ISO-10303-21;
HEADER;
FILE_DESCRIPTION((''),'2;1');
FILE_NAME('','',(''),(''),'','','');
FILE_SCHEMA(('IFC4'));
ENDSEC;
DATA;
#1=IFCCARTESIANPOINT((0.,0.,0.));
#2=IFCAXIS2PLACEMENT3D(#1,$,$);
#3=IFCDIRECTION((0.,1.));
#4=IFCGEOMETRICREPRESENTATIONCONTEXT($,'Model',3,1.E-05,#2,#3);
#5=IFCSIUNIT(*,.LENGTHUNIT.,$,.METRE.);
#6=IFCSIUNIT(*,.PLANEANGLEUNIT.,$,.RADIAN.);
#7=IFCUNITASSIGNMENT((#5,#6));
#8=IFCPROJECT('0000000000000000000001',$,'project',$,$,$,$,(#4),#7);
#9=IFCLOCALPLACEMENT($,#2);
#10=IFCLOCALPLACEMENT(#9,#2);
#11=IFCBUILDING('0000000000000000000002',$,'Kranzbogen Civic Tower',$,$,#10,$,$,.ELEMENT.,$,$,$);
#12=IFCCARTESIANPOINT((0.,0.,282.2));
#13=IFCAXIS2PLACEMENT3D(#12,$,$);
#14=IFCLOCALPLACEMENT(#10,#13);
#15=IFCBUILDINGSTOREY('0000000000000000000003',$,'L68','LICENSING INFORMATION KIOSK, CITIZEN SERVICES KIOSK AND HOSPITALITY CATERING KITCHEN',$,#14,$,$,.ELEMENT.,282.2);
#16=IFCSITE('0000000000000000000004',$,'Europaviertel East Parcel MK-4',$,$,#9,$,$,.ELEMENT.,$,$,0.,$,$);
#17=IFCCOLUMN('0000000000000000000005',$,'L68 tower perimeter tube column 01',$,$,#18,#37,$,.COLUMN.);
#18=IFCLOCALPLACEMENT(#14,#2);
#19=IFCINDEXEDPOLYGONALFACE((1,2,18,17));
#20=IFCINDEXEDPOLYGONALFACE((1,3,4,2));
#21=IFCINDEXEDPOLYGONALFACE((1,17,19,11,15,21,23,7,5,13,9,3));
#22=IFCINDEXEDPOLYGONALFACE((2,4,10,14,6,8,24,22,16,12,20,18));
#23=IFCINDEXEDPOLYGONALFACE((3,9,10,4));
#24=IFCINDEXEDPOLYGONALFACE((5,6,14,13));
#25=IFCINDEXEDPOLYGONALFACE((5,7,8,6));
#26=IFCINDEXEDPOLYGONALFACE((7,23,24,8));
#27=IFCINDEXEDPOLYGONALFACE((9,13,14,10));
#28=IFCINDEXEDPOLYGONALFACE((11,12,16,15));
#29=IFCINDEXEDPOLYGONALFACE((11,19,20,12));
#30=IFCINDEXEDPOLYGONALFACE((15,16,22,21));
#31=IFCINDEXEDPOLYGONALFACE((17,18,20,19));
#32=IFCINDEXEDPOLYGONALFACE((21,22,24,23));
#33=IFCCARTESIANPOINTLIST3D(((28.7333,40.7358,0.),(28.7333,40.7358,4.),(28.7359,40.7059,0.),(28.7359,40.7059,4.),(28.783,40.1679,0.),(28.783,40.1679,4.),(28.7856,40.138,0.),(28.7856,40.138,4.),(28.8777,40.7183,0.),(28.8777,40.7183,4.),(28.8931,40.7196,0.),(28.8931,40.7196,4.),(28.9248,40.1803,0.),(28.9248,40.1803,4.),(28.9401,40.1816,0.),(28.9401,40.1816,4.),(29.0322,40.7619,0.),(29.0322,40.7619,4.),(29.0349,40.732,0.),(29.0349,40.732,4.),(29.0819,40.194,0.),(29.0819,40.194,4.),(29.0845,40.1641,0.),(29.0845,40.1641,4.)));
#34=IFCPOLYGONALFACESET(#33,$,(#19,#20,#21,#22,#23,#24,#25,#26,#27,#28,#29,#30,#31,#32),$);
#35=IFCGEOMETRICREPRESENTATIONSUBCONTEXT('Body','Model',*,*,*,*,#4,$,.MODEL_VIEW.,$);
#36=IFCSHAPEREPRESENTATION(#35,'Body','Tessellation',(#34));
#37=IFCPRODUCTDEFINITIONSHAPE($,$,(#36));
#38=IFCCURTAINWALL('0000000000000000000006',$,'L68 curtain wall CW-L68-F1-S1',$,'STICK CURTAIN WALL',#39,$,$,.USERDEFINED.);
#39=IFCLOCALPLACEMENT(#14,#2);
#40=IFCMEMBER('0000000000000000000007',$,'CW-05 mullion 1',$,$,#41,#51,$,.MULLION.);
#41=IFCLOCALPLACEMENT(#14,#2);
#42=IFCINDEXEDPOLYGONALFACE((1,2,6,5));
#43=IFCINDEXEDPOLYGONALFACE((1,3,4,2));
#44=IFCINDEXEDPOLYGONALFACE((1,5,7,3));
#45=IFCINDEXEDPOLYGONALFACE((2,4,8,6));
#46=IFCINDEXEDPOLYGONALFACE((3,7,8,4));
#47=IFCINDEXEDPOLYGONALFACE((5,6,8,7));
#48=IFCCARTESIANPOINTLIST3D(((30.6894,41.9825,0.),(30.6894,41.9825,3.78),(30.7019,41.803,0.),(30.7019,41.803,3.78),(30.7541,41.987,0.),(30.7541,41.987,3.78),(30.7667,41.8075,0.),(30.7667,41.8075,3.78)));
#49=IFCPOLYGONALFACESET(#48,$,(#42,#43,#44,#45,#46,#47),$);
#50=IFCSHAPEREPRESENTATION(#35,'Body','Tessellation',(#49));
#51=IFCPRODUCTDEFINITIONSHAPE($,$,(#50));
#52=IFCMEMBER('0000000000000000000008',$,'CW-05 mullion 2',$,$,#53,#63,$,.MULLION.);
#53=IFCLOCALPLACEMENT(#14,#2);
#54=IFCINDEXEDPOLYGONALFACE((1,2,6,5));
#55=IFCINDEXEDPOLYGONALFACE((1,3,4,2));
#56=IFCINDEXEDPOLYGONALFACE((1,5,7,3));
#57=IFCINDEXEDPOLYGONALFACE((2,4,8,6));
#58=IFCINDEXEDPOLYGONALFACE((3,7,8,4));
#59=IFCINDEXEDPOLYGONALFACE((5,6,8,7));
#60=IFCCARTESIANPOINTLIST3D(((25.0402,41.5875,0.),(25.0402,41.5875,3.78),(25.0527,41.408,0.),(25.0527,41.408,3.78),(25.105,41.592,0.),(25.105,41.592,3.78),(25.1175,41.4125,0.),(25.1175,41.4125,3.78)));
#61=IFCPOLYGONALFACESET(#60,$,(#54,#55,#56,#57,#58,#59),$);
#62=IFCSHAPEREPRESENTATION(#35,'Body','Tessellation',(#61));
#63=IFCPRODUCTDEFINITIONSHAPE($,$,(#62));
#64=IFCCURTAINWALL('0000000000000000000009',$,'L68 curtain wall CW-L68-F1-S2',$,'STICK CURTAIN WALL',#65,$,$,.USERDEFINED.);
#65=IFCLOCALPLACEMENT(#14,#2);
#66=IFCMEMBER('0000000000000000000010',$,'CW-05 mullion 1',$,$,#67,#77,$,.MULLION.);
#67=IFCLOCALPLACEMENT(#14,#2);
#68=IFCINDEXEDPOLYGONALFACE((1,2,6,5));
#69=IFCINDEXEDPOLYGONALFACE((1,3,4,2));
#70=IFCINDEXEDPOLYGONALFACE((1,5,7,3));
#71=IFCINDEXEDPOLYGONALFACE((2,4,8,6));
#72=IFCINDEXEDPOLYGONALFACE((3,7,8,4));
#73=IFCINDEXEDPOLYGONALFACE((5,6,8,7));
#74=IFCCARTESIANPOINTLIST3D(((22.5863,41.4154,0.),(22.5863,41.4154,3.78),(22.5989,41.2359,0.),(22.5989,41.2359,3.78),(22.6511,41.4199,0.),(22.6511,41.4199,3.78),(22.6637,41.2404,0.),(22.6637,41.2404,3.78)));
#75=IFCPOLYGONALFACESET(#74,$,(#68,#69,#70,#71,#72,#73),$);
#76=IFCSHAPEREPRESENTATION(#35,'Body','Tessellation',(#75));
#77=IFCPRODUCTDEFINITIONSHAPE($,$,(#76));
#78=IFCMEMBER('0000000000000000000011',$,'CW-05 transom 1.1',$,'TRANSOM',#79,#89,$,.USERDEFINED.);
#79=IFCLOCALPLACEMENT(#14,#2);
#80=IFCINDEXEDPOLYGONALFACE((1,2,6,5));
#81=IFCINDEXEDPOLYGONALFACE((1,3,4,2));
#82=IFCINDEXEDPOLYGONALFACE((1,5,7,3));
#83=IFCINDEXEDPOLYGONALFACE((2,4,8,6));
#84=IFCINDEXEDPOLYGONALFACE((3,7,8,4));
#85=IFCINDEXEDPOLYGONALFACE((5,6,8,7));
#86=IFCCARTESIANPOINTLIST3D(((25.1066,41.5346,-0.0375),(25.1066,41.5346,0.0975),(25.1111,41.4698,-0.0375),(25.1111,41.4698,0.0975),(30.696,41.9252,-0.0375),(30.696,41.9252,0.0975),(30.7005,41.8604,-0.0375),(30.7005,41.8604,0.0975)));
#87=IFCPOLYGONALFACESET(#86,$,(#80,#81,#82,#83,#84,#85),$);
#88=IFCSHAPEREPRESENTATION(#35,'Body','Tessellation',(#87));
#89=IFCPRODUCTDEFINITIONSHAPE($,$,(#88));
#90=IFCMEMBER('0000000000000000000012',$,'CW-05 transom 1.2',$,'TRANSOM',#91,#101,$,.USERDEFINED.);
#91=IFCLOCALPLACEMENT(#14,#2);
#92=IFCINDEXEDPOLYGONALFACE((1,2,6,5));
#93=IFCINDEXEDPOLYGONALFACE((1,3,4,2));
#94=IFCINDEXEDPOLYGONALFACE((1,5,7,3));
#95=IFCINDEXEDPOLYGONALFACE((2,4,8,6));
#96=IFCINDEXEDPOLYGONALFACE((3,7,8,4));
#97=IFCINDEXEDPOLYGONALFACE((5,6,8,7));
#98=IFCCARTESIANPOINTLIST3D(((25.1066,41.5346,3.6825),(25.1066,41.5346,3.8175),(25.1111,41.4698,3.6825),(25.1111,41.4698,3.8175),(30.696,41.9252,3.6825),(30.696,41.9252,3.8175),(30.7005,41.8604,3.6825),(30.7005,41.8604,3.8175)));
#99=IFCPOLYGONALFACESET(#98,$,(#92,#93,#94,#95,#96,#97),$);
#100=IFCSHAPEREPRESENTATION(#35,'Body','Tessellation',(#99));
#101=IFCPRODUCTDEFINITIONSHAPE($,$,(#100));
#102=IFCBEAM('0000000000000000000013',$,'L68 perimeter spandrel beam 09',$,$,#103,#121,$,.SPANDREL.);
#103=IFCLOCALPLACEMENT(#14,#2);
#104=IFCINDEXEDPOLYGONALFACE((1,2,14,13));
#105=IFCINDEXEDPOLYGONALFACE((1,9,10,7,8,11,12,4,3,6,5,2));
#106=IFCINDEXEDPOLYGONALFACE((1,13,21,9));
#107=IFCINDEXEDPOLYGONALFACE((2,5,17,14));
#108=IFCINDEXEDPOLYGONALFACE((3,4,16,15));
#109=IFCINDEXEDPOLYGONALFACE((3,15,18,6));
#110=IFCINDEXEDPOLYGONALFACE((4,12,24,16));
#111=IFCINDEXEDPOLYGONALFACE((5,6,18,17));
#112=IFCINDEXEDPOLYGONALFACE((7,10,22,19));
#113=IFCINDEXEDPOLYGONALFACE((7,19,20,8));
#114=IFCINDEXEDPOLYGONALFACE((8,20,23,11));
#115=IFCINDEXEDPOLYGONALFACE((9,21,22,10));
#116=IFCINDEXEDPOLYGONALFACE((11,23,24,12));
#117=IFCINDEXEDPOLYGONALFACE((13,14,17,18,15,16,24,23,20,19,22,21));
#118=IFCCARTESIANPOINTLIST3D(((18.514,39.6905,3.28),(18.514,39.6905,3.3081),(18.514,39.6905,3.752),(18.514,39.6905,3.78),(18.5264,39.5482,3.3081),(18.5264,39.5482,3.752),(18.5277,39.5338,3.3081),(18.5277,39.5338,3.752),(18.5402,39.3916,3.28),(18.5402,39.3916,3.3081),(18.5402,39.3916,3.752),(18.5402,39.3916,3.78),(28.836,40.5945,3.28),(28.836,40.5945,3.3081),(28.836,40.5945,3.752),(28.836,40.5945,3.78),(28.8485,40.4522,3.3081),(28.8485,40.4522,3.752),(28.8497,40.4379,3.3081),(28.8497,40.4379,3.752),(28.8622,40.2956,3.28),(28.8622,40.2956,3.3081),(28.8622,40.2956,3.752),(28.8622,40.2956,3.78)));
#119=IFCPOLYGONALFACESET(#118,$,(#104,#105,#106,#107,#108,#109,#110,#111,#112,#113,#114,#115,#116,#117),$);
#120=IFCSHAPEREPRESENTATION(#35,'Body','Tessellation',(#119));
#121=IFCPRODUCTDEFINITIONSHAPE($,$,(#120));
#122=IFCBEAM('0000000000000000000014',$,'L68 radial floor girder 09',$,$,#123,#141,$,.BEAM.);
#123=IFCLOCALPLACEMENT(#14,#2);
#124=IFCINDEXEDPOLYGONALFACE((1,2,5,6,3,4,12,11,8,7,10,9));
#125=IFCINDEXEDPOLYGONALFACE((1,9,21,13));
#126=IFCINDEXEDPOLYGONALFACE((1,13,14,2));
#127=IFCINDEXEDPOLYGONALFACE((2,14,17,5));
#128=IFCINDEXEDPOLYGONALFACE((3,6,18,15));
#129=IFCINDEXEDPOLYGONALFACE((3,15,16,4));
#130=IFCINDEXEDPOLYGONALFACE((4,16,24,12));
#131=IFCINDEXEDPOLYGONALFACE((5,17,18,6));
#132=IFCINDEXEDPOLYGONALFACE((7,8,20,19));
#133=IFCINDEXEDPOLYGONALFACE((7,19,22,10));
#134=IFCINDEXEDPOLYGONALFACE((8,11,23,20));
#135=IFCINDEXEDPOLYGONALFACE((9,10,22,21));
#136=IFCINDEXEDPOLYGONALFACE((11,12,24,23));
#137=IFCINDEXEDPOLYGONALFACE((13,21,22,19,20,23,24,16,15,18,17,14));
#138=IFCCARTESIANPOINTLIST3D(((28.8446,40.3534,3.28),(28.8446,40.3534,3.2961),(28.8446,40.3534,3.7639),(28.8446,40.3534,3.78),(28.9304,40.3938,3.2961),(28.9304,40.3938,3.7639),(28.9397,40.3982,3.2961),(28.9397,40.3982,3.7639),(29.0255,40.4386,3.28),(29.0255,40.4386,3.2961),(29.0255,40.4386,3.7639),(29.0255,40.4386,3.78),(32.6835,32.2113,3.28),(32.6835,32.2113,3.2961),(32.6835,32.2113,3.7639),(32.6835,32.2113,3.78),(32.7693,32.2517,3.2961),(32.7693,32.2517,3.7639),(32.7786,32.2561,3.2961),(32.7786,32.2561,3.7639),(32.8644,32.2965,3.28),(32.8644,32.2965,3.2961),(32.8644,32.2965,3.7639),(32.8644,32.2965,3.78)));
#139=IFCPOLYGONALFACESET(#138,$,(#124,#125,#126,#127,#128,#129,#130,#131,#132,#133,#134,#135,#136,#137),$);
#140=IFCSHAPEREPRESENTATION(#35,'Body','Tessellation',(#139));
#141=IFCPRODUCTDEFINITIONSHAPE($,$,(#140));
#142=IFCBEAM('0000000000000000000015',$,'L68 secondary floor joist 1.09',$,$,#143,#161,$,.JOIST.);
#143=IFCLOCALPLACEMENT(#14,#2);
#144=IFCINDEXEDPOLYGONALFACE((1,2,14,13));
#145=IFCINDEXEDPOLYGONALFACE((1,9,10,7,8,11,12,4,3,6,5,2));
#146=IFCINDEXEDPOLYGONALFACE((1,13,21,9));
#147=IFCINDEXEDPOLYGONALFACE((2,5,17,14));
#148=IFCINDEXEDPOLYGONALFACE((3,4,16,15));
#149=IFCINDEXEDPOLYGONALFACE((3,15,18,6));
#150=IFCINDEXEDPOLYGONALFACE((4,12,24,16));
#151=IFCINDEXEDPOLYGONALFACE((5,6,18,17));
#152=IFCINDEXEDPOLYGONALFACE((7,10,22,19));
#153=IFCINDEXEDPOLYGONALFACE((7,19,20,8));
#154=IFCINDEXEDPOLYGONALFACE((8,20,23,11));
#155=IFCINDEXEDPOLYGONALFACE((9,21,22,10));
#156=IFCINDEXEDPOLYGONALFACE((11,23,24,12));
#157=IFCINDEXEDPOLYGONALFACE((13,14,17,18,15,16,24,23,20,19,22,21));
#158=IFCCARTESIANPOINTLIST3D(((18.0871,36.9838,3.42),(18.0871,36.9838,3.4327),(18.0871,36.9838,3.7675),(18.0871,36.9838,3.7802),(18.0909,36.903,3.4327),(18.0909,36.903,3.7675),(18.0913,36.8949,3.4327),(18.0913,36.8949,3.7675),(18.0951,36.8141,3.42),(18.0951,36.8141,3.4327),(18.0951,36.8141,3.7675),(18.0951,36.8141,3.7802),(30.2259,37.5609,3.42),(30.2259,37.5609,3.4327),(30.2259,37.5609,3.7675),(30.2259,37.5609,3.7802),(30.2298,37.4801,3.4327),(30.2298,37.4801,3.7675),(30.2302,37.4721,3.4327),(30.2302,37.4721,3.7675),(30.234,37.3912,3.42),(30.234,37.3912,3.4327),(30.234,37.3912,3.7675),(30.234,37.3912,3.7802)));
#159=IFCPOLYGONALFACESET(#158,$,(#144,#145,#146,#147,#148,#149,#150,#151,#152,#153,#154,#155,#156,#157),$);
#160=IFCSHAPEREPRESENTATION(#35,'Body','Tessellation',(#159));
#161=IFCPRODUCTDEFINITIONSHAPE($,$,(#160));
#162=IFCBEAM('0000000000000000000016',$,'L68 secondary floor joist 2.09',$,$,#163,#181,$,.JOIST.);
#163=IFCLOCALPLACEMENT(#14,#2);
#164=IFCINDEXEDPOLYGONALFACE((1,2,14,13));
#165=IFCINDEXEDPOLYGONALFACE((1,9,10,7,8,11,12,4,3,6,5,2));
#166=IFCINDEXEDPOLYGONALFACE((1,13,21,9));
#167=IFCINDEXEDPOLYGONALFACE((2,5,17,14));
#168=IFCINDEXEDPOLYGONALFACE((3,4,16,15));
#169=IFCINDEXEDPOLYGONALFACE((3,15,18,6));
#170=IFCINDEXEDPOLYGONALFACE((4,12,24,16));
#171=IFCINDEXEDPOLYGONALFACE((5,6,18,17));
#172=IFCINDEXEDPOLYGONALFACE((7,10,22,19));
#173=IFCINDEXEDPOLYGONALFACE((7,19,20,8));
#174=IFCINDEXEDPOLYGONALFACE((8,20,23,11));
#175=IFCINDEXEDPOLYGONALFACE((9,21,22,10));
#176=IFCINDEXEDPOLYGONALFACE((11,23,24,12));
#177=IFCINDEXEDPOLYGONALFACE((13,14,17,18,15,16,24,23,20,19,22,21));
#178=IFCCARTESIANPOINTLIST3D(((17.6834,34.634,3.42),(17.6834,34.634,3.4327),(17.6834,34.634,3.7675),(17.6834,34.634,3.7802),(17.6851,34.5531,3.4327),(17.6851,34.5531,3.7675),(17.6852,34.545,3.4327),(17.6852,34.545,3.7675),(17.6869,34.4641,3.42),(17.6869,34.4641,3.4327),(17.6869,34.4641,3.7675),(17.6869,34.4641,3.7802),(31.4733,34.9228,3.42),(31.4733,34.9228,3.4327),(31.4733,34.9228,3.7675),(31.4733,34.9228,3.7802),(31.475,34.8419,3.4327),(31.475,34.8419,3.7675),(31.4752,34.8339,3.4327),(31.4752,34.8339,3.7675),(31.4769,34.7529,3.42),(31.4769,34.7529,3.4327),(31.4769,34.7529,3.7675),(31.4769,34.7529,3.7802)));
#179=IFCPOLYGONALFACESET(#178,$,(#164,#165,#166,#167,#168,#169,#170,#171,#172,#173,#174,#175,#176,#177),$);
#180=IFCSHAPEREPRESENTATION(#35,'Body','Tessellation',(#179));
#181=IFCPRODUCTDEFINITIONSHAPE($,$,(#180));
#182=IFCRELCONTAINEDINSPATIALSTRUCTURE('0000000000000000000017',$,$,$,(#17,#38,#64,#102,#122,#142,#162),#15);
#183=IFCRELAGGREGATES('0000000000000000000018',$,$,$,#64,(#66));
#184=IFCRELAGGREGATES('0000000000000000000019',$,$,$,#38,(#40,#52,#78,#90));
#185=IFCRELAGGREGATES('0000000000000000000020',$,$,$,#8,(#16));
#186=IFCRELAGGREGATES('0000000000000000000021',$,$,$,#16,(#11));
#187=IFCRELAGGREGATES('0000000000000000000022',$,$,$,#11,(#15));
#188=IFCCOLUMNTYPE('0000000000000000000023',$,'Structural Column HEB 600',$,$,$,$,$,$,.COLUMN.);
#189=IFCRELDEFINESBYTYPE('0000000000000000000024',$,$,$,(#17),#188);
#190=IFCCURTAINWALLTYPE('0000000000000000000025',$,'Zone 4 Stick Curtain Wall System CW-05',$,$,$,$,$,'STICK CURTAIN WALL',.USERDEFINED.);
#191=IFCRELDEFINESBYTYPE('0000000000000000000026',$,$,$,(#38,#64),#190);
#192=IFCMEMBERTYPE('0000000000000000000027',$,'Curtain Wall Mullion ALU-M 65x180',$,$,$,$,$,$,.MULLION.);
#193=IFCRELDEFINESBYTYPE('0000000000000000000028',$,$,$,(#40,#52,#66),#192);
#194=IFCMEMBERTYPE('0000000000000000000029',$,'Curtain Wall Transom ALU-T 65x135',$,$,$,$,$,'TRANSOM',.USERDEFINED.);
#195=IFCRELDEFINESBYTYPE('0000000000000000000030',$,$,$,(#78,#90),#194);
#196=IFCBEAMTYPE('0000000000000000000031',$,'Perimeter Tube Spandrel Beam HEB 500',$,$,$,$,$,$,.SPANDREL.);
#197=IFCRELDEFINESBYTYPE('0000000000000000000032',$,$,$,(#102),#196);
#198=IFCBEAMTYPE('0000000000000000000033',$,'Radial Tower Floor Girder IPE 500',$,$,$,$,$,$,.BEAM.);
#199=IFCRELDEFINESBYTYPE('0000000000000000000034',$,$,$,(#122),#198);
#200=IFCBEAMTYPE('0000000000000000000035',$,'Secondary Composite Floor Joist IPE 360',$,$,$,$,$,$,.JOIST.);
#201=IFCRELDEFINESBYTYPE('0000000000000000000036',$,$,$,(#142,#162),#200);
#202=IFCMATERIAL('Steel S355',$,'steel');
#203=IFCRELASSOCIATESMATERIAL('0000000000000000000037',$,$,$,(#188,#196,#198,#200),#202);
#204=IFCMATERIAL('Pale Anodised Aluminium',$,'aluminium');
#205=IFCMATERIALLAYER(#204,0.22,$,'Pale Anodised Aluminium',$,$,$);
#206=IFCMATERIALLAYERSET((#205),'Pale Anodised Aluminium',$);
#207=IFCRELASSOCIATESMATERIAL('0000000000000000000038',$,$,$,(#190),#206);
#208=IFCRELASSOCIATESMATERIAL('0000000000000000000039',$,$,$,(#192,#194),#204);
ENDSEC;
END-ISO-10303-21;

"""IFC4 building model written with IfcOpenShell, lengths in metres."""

from ifc_helpers import new_model, si_unit, direction, frame, origin, origin_2d, place, context, subcontext, project, spatial, rectangle, i_section, extrude, material, layer, layer_set, material_profile, profile_set, type_object, element, aggregate, save


model = new_model("IFC4")

# Units and contexts
model_context = context("Model", 3, precision=1e-05, world=origin(), true_north=direction((0.0, 1.0)))
body_context = subcontext(model_context, "Body", "Model", "MODEL_VIEW")
ifc_project = project(units=[si_unit("LENGTHUNIT", "METRE"), si_unit("PLANEANGLEUNIT", "RADIAN")], contexts=[model_context])

# Site, building, storey
site_placement = place(None, origin())
site = spatial("IfcSite", under=ifc_project, at=site_placement, Name="Europaviertel East Parcel MK-4", CompositionType="ELEMENT", RefElevation=0.0)
building_placement = place(site_placement, origin())
building = spatial("IfcBuilding", under=site, at=building_placement, Name="Kranzbogen Civic Tower", CompositionType="ELEMENT")
storey_placement = place(building_placement, frame((0.0, 0.0, 282.2)))
storey = spatial("IfcBuildingStorey", under=building, at=storey_placement, Name="L68", Description="LICENSING INFORMATION KIOSK, CITIZEN SERVICES KIOSK AND HOSPITALITY CATERING KITCHEN", CompositionType="ELEMENT", Elevation=282.2)

# Column
ifc_material_1 = material(Name="Steel S355", Category="steel")
ifc_material_profile_1 = material_profile(ifc_material_1, i_section(OverallWidth=0.3, OverallDepth=0.6001, WebThickness=0.0154, FlangeThickness=0.03, at=origin_2d()), Name="HEB 600")
ifc_profile_set_1 = profile_set([ifc_material_profile_1], Name="Steel S355")
column_type = type_object("IfcColumnType", Name="Structural Column HEB 600", PredefinedType="COLUMN", material=ifc_profile_set_1)
column_placement = place(storey_placement, frame((28.9089, 40.45, 0.0), z_axis=(0.0, 0.0, 1.0), x_axis=(0.996195, 0.087156, 0.0)))
element("IfcColumn", 1, at=column_placement, inside=storey, type_object=column_type, Name="L68 tower perimeter tube column 01", PredefinedType="COLUMN", context=body_context, shape_type="SweptSolid", body=[
    extrude(i_section(OverallWidth=0.3, OverallDepth=0.6001, WebThickness=0.0154, FlangeThickness=0.03, at=origin_2d()), origin(), (0.0, 0.0, 1.0), 4.0),
])

# Curtain wall, members
ifc_material_2 = material(Name="Pale Anodised Aluminium", Category="aluminium")
ifc_layer_1 = layer(ifc_material_2, 0.22, Name="Pale Anodised Aluminium")
ifc_layer_set_1 = layer_set([ifc_layer_1], Name="Pale Anodised Aluminium")
curtain_wall_type = type_object("IfcCurtainWallType", Name="Zone 4 Stick Curtain Wall System CW-05", ElementType="STICK CURTAIN WALL", PredefinedType="USERDEFINED", material=ifc_layer_set_1)
curtain_wall_1_placement = place(storey_placement, origin())
curtain_wall_1 = element("IfcCurtainWall", 2, at=curtain_wall_1_placement, inside=storey, type_object=curtain_wall_type, Name="L68 curtain wall CW-L68-F1-S1", ObjectType="STICK CURTAIN WALL", PredefinedType="USERDEFINED")
ifc_material_profile_2 = material_profile(ifc_material_2, rectangle(XDim=0.0649, YDim=0.1799, at=origin_2d()), Name="ALU-M 65x180")
ifc_profile_set_2 = profile_set([ifc_material_profile_2], Name="Pale Anodised Aluminium")
member_type_1 = type_object("IfcMemberType", Name="Curtain Wall Mullion ALU-M 65x180", PredefinedType="MULLION", material=ifc_profile_set_2)
member_1_placement = place(storey_placement, frame((30.728, 41.895, 0.0), z_axis=(0.0, 0.0, 1.0), x_axis=(-0.997567, -0.06972, 0.0)))
member_1 = element("IfcMember", 3, at=member_1_placement, type_object=member_type_1, Name="CW-05 mullion 1", PredefinedType="MULLION", context=body_context, shape_type="SweptSolid", body=[
    extrude(rectangle(XDim=0.0649, YDim=0.1799, at=origin_2d()), origin(), (0.0, 0.0, 1.0), 3.78),
])
member_2_placement = place(storey_placement, frame((25.0789, 41.5, 0.0), z_axis=(0.0, 0.0, 1.0), x_axis=(-0.997567, -0.06972, 0.0)))
member_2 = element("IfcMember", 4, at=member_2_placement, type_object=member_type_1, Name="CW-05 mullion 2", PredefinedType="MULLION", context=body_context, shape_type="SweptSolid", body=[
    extrude(rectangle(XDim=0.0649, YDim=0.1799, at=origin_2d()), origin(), (0.0, 0.0, 1.0), 3.78),
])

# Curtain wall, member
curtain_wall_2_placement = place(storey_placement, origin())
curtain_wall_2 = element("IfcCurtainWall", 5, at=curtain_wall_2_placement, inside=storey, type_object=curtain_wall_type, Name="L68 curtain wall CW-L68-F1-S2", ObjectType="STICK CURTAIN WALL", PredefinedType="USERDEFINED")
member_3_placement = place(storey_placement, frame((22.625, 41.3279, 0.0), z_axis=(0.0, 0.0, 1.0), x_axis=(-0.997566, -0.069732, 0.0)))
member_3 = element("IfcMember", 6, at=member_3_placement, type_object=member_type_1, Name="CW-05 mullion 1", PredefinedType="MULLION", context=body_context, shape_type="SweptSolid", body=[
    extrude(rectangle(XDim=0.0649, YDim=0.1799, at=origin_2d()), origin(), (0.0, 0.0, 1.0), 3.78),
])
aggregate(curtain_wall_2, [member_3])

# Members
ifc_material_profile_3 = material_profile(ifc_material_2, rectangle(XDim=0.0649, YDim=0.135, at=origin_2d()), Name="ALU-T 65x135")
ifc_profile_set_3 = profile_set([ifc_material_profile_3], Name="Pale Anodised Aluminium")
member_type_2 = type_object("IfcMemberType", Name="Curtain Wall Transom ALU-T 65x135", ElementType="TRANSOM", PredefinedType="USERDEFINED", material=ifc_profile_set_3)
member_4_placement = place(storey_placement, frame((30.6982, 41.8928, 0.03), z_axis=(-0.997567, -0.069717, 0.0), x_axis=(0.069717, -0.997567, 0.0)))
member_4 = element("IfcMember", 7, at=member_4_placement, type_object=member_type_2, Name="CW-05 transom 1.1", ObjectType="TRANSOM", PredefinedType="USERDEFINED", context=body_context, shape_type="SweptSolid", body=[
    extrude(rectangle(XDim=0.0649, YDim=0.135, at=origin_2d()), origin(), (0.0, 0.0, 1.0), 5.603),
])
member_5_placement = place(storey_placement, frame((30.6982, 41.8928, 3.75), z_axis=(-0.997567, -0.069717, 0.0), x_axis=(0.069717, -0.997567, 0.0)))
member_5 = element("IfcMember", 8, at=member_5_placement, type_object=member_type_2, Name="CW-05 transom 1.2", ObjectType="TRANSOM", PredefinedType="USERDEFINED", context=body_context, shape_type="SweptSolid", body=[
    extrude(rectangle(XDim=0.0649, YDim=0.135, at=origin_2d()), origin(), (0.0, 0.0, 1.0), 5.603),
])

# Beams
ifc_material_profile_4 = material_profile(ifc_material_1, i_section(OverallWidth=0.3, OverallDepth=0.5, WebThickness=0.0144, FlangeThickness=0.0281, at=origin_2d()), Name="HEB 500")
ifc_profile_set_4 = profile_set([ifc_material_profile_4], Name="Steel S355")
beam_type_1 = type_object("IfcBeamType", Name="Perimeter Tube Spandrel Beam HEB 500", PredefinedType="SPANDREL", material=ifc_profile_set_4)
beam_1_placement = place(storey_placement, frame((28.8491, 40.4451, 3.53), z_axis=(-0.996186, -0.087251, 0.0), x_axis=(0.087251, -0.996186, 0.0)))
element("IfcBeam", 9, at=beam_1_placement, inside=storey, type_object=beam_type_1, Name="L68 perimeter spandrel beam 09", PredefinedType="SPANDREL", context=body_context, shape_type="SweptSolid", body=[
    extrude(i_section(OverallWidth=0.3, OverallDepth=0.5, WebThickness=0.0144, FlangeThickness=0.0281, at=origin_2d()), origin(), (0.0, 0.0, 1.0), 10.3616),
])
ifc_material_profile_5 = material_profile(ifc_material_1, i_section(OverallWidth=0.2, OverallDepth=0.5, WebThickness=0.0103, FlangeThickness=0.0161, at=origin_2d()), Name="IPE 500")
ifc_profile_set_5 = profile_set([ifc_material_profile_5], Name="Steel S355")
beam_type_2 = type_object("IfcBeamType", Name="Radial Tower Floor Girder IPE 500", PredefinedType="BEAM", material=ifc_profile_set_5)
beam_2_placement = place(storey_placement, frame((28.9351, 40.396, 3.53), z_axis=(0.42646, -0.904506, 0.0), x_axis=(0.904506, 0.42646, 0.0)))
element("IfcBeam", 10, at=beam_2_placement, inside=storey, type_object=beam_type_2, Name="L68 radial floor girder 09", PredefinedType="BEAM", context=body_context, shape_type="SweptSolid", body=[
    extrude(i_section(OverallWidth=0.2, OverallDepth=0.5, WebThickness=0.0103, FlangeThickness=0.0161, at=origin_2d()), origin(), (0.0, 0.0, 1.0), 9.0017),
])
ifc_material_profile_6 = material_profile(ifc_material_1, i_section(OverallWidth=0.1699, OverallDepth=0.3601, WebThickness=0.0081, FlangeThickness=0.0127, at=origin_2d()), Name="IPE 360")
ifc_profile_set_6 = profile_set([ifc_material_profile_6], Name="Steel S355")
beam_type_3 = type_object("IfcBeamType", Name="Secondary Composite Floor Joist IPE 360", PredefinedType="JOIST", material=ifc_profile_set_6)
beam_3_placement = place(storey_placement, frame((30.23, 37.4761, 3.6001), z_axis=(-0.998872, -0.047492, 0.0), x_axis=(0.047492, -0.998872, 0.0)))
element("IfcBeam", 11, at=beam_3_placement, inside=storey, type_object=beam_type_3, Name="L68 secondary floor joist 1.09", PredefinedType="JOIST", context=body_context, shape_type="SweptSolid", body=[
    extrude(i_section(OverallWidth=0.1699, OverallDepth=0.3601, WebThickness=0.0081, FlangeThickness=0.0127, at=origin_2d()), origin(), (0.0, 0.0, 1.0), 12.1526),
])
beam_4_placement = place(storey_placement, frame((31.4751, 34.8379, 3.6001), z_axis=(-0.999781, -0.020939, 0.0), x_axis=(0.020939, -0.999781, 0.0)))
element("IfcBeam", 12, at=beam_4_placement, inside=storey, type_object=beam_type_3, Name="L68 secondary floor joist 2.09", PredefinedType="JOIST", context=body_context, shape_type="SweptSolid", body=[
    extrude(i_section(OverallWidth=0.1699, OverallDepth=0.3601, WebThickness=0.0081, FlangeThickness=0.0127, at=origin_2d()), origin(), (0.0, 0.0, 1.0), 13.793),
])

aggregate(curtain_wall_1, [member_1, member_2, member_4, member_5])

save(model, "model.ifc")
